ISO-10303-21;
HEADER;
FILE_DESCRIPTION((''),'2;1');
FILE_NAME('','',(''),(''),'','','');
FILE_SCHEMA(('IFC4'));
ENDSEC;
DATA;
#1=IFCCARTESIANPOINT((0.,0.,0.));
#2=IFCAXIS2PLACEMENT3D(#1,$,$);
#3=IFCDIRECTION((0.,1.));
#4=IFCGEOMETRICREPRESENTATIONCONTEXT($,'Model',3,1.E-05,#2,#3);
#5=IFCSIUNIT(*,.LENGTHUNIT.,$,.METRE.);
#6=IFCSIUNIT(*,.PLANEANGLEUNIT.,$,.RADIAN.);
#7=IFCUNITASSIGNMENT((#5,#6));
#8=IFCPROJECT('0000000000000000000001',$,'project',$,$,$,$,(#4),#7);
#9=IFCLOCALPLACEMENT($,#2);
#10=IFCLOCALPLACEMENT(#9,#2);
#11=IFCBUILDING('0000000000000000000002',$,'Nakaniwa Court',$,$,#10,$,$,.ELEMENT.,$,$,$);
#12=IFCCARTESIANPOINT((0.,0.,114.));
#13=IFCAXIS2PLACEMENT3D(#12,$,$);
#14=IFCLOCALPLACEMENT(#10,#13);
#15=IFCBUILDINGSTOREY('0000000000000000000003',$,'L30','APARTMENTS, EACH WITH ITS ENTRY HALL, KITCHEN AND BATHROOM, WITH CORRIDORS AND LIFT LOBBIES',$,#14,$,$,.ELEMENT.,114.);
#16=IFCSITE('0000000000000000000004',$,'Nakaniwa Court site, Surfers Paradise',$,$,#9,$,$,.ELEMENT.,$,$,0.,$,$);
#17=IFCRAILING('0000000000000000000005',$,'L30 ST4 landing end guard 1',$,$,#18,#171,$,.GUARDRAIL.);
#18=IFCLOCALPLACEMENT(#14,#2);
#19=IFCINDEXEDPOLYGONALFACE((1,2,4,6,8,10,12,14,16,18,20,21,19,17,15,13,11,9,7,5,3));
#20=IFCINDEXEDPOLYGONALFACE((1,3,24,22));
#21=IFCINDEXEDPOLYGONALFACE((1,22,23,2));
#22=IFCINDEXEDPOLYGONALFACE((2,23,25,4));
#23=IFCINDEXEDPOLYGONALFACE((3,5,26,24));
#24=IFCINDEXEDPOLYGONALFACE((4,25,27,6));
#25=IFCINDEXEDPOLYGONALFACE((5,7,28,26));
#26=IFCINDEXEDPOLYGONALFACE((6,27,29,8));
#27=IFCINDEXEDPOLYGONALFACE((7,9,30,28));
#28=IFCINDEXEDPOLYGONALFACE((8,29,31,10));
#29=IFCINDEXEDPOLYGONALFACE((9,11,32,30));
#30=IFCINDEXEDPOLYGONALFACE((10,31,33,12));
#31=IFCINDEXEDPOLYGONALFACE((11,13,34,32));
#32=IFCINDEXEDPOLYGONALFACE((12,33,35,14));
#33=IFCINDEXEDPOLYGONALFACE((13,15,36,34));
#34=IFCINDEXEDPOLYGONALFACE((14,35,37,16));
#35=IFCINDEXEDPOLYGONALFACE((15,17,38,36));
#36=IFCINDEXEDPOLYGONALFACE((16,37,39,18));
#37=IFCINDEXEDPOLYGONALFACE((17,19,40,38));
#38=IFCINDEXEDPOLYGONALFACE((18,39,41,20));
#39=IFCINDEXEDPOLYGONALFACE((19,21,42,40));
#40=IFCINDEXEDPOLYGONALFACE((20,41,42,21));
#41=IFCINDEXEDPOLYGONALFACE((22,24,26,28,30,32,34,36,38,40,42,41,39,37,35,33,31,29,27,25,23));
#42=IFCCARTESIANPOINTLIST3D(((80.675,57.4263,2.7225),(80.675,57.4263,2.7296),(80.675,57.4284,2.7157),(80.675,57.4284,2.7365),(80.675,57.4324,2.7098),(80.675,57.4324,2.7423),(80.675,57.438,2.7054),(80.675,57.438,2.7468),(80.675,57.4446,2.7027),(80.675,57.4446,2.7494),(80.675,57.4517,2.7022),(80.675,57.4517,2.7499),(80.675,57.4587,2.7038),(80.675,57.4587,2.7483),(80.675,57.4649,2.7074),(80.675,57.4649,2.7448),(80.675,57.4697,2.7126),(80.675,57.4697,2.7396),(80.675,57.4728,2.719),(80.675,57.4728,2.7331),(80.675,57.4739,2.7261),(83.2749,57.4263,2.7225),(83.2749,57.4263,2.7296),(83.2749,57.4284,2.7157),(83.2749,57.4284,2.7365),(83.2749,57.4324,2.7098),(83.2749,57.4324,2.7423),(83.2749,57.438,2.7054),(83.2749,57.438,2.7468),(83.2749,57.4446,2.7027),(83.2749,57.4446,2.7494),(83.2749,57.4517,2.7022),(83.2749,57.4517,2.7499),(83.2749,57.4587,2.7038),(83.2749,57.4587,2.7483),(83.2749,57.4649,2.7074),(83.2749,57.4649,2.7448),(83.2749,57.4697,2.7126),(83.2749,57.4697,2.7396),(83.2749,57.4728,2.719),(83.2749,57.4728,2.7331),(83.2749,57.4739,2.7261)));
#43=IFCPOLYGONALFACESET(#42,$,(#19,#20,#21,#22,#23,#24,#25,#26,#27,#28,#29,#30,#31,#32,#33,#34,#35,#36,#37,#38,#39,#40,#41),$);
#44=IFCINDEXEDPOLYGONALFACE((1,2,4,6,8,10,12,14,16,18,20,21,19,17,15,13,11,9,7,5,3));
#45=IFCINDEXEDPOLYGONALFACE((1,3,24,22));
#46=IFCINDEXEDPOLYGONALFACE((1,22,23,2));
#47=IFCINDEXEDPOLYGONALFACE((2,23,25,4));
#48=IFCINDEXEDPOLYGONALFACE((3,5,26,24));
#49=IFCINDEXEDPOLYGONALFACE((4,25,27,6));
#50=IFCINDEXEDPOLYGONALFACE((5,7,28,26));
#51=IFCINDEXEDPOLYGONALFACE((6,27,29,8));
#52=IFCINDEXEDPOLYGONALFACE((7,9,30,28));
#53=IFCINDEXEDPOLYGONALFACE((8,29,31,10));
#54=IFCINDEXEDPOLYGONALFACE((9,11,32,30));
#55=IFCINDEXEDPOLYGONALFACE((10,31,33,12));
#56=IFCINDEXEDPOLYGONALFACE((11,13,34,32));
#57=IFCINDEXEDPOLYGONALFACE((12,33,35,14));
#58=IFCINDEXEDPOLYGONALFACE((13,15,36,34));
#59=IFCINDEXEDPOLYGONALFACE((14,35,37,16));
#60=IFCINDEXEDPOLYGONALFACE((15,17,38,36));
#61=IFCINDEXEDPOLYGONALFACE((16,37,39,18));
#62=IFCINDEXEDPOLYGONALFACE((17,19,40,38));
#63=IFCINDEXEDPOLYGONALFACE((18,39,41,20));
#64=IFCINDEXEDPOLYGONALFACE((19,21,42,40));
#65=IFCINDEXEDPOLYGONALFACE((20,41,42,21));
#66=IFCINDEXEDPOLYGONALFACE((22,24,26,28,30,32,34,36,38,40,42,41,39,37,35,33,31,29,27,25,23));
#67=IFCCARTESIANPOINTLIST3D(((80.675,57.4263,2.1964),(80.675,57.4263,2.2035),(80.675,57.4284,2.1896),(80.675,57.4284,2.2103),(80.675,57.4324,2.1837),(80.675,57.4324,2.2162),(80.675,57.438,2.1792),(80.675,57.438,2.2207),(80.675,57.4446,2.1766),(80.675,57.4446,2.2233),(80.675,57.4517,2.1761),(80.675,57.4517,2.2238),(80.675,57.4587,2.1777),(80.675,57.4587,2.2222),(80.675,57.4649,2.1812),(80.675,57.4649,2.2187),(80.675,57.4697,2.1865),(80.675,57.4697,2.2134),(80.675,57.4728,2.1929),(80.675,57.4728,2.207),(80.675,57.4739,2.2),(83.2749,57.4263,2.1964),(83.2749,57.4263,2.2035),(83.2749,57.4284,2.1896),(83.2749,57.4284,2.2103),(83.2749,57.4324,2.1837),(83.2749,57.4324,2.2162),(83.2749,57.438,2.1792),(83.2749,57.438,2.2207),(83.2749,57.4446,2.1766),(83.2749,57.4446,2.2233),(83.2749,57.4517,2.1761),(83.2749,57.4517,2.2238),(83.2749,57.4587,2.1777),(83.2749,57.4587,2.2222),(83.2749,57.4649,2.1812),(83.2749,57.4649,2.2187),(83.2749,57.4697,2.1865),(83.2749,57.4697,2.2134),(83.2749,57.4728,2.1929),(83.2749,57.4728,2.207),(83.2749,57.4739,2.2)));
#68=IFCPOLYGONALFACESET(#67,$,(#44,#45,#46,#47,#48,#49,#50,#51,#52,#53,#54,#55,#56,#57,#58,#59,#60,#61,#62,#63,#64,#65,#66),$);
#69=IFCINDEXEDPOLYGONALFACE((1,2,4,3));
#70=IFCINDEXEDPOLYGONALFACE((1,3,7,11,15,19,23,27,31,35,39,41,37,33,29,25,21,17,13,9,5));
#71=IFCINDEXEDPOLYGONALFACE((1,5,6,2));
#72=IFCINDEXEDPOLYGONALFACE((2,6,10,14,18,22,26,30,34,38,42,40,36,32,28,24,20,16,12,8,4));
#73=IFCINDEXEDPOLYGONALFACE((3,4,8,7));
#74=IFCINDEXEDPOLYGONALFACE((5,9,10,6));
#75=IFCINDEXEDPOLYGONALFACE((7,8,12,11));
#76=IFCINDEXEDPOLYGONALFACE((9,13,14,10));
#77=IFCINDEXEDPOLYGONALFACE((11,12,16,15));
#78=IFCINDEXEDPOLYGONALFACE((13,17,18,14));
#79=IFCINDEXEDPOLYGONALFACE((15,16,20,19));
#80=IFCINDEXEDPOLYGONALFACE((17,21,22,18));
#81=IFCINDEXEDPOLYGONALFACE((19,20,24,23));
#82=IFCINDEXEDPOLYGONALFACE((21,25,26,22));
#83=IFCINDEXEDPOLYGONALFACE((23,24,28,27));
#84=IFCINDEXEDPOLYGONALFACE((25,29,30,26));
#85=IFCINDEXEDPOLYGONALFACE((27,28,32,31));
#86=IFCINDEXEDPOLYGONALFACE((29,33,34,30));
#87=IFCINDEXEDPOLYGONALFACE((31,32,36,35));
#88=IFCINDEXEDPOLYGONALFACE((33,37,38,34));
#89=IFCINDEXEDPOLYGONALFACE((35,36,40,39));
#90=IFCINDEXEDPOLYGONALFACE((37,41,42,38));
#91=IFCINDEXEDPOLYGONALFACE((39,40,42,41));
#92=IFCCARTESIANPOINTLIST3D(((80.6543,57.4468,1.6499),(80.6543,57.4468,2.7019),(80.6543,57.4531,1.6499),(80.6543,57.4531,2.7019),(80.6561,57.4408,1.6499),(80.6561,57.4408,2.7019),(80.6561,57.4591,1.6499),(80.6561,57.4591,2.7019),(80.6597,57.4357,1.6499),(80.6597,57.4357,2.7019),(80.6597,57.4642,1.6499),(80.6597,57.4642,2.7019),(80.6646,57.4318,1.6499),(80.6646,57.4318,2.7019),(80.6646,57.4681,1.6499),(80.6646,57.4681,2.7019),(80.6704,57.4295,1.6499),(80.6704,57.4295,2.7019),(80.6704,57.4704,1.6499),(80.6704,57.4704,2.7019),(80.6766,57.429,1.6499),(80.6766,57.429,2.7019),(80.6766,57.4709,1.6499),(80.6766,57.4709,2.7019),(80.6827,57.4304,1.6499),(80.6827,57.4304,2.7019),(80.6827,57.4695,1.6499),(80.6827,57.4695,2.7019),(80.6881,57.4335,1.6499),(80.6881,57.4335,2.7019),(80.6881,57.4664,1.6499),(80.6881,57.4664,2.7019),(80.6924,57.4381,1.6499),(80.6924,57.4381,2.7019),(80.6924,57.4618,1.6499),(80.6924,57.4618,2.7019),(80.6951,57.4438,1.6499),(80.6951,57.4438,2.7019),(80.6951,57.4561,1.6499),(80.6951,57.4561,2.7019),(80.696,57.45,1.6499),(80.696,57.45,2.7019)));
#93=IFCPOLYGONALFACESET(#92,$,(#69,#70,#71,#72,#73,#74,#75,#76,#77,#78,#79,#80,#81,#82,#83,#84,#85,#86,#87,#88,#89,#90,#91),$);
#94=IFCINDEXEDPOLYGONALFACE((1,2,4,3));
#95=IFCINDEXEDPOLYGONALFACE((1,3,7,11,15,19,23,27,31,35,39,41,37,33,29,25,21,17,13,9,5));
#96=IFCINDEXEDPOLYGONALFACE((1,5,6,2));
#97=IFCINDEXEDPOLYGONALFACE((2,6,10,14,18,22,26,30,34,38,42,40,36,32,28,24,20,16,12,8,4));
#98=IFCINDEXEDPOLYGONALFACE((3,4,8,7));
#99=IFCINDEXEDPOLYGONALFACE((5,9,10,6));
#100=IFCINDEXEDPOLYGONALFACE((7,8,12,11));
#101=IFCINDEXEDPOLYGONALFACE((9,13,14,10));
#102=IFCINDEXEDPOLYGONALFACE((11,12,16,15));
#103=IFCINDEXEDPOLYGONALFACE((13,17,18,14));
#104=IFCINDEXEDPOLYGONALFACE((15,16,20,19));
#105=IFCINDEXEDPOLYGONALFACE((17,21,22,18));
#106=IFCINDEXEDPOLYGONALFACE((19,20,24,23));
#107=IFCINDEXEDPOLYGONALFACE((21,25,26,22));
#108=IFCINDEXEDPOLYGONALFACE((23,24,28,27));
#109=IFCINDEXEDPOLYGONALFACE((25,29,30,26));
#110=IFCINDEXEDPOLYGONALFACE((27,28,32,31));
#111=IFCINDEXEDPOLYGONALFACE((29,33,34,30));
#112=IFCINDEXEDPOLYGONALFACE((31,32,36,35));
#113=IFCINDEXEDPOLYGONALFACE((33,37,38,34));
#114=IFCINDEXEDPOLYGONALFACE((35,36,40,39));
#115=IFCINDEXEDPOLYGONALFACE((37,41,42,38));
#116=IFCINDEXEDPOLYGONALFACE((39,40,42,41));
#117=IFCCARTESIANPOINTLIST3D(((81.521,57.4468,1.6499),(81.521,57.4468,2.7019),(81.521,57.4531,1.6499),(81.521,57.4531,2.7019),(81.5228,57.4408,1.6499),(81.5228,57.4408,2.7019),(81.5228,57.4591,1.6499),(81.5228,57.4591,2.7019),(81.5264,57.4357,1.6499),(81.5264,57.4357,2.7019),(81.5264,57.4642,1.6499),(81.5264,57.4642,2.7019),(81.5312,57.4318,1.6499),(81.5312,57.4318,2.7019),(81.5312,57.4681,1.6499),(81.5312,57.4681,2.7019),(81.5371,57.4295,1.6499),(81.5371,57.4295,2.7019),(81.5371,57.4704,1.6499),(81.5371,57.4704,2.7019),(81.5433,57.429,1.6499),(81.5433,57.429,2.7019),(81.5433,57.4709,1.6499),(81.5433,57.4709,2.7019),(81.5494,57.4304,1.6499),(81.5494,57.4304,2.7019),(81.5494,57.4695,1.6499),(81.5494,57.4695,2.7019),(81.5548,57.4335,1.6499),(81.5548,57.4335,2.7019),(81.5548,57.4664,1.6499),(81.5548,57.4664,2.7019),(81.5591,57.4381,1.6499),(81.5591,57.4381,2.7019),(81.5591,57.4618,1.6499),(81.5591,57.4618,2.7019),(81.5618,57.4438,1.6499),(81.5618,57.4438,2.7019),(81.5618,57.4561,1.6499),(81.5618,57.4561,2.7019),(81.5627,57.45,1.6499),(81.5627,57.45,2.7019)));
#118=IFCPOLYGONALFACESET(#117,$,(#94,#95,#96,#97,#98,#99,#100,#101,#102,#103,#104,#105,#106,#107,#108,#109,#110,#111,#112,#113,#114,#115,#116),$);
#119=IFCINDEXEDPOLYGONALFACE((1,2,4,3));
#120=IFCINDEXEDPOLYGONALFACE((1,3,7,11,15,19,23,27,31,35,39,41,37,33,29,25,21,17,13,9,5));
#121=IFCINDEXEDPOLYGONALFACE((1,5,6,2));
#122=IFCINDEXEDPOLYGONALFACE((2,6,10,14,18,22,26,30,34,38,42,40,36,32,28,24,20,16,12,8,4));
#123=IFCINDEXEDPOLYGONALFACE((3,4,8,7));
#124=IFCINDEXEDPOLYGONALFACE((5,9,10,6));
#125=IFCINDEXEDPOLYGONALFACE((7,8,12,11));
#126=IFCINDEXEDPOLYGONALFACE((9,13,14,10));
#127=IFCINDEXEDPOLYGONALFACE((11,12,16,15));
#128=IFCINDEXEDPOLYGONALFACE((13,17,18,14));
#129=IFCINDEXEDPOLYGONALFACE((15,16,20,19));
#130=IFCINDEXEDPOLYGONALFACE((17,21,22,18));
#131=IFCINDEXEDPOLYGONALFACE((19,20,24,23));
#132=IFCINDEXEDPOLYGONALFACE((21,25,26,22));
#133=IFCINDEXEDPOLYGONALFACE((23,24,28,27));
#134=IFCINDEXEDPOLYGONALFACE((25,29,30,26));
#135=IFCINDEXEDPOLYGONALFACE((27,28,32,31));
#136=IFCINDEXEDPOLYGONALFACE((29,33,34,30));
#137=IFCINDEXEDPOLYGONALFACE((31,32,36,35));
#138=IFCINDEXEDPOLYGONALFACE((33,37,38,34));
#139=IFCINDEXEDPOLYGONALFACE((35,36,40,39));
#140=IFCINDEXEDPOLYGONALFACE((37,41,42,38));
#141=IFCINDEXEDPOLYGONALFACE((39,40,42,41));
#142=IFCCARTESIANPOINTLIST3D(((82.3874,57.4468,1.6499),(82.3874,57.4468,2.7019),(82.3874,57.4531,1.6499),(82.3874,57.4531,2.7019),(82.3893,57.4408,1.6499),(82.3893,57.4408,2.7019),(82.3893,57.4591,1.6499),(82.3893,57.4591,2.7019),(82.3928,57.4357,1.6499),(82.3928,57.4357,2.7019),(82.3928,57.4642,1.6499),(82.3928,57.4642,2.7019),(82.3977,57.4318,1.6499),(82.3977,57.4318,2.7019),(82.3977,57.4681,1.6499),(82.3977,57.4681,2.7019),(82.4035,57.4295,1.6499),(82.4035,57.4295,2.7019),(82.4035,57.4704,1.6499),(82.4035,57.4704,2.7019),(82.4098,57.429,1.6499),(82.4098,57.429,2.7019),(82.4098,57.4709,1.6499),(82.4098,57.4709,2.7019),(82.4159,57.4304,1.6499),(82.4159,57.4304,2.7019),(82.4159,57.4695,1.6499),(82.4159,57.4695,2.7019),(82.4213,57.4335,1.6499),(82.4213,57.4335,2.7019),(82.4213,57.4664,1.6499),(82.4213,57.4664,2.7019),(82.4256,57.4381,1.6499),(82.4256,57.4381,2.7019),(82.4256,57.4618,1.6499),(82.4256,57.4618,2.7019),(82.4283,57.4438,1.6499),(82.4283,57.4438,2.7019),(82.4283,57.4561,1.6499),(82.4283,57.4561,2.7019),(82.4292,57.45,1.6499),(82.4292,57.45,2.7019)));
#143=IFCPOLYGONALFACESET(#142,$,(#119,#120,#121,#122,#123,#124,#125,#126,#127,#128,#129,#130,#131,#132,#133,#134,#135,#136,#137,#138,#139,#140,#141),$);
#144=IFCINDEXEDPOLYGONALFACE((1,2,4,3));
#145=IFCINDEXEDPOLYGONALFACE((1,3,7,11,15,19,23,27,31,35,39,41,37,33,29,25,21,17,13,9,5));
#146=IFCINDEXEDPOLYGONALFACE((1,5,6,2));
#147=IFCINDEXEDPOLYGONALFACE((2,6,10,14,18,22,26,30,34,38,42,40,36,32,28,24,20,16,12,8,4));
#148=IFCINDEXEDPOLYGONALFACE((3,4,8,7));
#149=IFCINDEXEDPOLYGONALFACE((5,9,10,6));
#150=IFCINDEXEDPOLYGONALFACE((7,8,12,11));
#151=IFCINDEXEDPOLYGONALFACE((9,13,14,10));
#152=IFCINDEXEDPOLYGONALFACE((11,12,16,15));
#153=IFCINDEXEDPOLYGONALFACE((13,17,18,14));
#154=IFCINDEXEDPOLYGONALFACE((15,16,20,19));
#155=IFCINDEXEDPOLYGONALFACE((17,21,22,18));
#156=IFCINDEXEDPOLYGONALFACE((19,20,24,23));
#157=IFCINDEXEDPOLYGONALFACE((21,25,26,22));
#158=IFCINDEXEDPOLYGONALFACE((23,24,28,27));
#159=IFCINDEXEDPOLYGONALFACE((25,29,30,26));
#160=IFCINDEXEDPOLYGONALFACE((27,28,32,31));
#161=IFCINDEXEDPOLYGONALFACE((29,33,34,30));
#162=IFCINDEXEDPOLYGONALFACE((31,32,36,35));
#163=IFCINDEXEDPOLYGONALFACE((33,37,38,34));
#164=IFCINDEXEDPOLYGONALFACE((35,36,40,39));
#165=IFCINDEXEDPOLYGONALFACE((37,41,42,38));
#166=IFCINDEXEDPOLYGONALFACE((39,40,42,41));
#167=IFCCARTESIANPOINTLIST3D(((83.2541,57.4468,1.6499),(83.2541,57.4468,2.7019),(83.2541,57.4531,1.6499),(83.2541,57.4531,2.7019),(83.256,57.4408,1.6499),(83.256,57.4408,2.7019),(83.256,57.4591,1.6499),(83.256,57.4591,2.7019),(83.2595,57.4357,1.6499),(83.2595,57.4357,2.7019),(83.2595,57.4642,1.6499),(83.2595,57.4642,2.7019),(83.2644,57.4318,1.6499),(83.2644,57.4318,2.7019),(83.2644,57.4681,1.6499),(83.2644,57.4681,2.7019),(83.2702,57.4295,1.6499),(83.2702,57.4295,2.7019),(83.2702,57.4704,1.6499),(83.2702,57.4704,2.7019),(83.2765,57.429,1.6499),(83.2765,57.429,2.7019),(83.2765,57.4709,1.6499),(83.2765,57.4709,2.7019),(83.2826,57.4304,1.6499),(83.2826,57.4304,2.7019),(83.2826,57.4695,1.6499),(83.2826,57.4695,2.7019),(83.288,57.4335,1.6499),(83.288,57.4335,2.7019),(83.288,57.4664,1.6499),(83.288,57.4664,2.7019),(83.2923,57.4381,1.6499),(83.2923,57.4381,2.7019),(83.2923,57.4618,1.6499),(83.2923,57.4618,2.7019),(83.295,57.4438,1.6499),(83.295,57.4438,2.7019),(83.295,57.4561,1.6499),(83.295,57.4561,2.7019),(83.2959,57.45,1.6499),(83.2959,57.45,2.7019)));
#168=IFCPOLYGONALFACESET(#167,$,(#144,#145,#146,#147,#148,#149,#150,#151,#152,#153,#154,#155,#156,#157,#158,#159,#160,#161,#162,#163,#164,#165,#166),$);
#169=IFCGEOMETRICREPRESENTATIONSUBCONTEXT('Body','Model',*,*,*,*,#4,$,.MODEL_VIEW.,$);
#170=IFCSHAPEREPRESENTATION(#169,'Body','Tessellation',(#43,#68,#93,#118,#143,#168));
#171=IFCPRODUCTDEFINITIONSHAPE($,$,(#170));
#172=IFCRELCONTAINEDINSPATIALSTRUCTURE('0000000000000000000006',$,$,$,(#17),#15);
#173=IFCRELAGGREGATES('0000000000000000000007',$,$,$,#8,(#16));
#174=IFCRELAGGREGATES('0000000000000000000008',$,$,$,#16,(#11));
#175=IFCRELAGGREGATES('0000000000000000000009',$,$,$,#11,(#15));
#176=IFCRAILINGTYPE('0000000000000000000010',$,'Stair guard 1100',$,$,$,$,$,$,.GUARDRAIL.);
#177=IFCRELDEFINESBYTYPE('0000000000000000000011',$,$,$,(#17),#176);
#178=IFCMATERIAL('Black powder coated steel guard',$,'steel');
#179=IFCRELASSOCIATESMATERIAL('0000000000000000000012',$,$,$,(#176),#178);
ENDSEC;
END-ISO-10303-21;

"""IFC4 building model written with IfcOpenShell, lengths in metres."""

from ifc_helpers import new_model, si_unit, direction, frame, origin, origin_2d, place, context, subcontext, project, spatial, circle, extrude, material, type_object, element, save


model = new_model("IFC4")

# Units and contexts
model_context = context("Model", 3, precision=1e-05, world=origin(), true_north=direction((0.0, 1.0)))
body_context = subcontext(model_context, "Body", "Model", "MODEL_VIEW")
ifc_project = project(units=[si_unit("LENGTHUNIT", "METRE"), si_unit("PLANEANGLEUNIT", "RADIAN")], contexts=[model_context])

# Site, building, storey
site_placement = place(None, origin())
site = spatial("IfcSite", under=ifc_project, at=site_placement, Name="Nakaniwa Court site, Surfers Paradise", CompositionType="ELEMENT", RefElevation=0.0)
building_placement = place(site_placement, origin())
building = spatial("IfcBuilding", under=site, at=building_placement, Name="Nakaniwa Court", CompositionType="ELEMENT")
storey_placement = place(building_placement, frame((0.0, 0.0, 114.0)))
storey = spatial("IfcBuildingStorey", under=building, at=storey_placement, Name="L30", Description="APARTMENTS, EACH WITH ITS ENTRY HALL, KITCHEN AND BATHROOM, WITH CORRIDORS AND LIFT LOBBIES", CompositionType="ELEMENT", Elevation=114.0)

# Railing
ifc_material_1 = material(Name="Black powder coated steel guard", Category="steel")
railing_type_1 = type_object("IfcRailingType", Name="Stair guard 1100", PredefinedType="GUARDRAIL", material=ifc_material_1)
railing_1_placement = place(storey_placement, frame((80.675, 57.45, 1.6499)))
element("IfcRailing", 1, at=railing_1_placement, inside=storey, type_object=railing_type_1, Name="L30 ST4 landing end guard 1", PredefinedType="GUARDRAIL", context=body_context, shape_type="SweptSolid", body=[
    extrude(circle(Radius=0.0239, at=origin_2d()), frame((0.0, 0.0, 1.0762), z_axis=(1.0, 0.0, 0.0), x_axis=(0.0, 1.0, 0.0)), (0.0, 0.0, 1.0), 2.5999),
    extrude(circle(Radius=0.0239, at=origin_2d()), frame((0.0, 0.0, 0.55), z_axis=(1.0, 0.0, 0.0), x_axis=(0.0, 1.0, 0.0)), (0.0, 0.0, 1.0), 2.5999),
    extrude(circle(Radius=0.021, at=origin_2d()), origin(), (0.0, 0.0, 1.0), 1.052),
    extrude(circle(Radius=0.021, at=origin_2d()), frame((0.8667, 0.0, 0.0)), (0.0, 0.0, 1.0), 1.052),
    extrude(circle(Radius=0.021, at=origin_2d()), frame((1.7332, 0.0, 0.0)), (0.0, 0.0, 1.0), 1.052),
    extrude(circle(Radius=0.021, at=origin_2d()), frame((2.5999, 0.0, 0.0)), (0.0, 0.0, 1.0), 1.052),
])

save(model, "model.ifc")
